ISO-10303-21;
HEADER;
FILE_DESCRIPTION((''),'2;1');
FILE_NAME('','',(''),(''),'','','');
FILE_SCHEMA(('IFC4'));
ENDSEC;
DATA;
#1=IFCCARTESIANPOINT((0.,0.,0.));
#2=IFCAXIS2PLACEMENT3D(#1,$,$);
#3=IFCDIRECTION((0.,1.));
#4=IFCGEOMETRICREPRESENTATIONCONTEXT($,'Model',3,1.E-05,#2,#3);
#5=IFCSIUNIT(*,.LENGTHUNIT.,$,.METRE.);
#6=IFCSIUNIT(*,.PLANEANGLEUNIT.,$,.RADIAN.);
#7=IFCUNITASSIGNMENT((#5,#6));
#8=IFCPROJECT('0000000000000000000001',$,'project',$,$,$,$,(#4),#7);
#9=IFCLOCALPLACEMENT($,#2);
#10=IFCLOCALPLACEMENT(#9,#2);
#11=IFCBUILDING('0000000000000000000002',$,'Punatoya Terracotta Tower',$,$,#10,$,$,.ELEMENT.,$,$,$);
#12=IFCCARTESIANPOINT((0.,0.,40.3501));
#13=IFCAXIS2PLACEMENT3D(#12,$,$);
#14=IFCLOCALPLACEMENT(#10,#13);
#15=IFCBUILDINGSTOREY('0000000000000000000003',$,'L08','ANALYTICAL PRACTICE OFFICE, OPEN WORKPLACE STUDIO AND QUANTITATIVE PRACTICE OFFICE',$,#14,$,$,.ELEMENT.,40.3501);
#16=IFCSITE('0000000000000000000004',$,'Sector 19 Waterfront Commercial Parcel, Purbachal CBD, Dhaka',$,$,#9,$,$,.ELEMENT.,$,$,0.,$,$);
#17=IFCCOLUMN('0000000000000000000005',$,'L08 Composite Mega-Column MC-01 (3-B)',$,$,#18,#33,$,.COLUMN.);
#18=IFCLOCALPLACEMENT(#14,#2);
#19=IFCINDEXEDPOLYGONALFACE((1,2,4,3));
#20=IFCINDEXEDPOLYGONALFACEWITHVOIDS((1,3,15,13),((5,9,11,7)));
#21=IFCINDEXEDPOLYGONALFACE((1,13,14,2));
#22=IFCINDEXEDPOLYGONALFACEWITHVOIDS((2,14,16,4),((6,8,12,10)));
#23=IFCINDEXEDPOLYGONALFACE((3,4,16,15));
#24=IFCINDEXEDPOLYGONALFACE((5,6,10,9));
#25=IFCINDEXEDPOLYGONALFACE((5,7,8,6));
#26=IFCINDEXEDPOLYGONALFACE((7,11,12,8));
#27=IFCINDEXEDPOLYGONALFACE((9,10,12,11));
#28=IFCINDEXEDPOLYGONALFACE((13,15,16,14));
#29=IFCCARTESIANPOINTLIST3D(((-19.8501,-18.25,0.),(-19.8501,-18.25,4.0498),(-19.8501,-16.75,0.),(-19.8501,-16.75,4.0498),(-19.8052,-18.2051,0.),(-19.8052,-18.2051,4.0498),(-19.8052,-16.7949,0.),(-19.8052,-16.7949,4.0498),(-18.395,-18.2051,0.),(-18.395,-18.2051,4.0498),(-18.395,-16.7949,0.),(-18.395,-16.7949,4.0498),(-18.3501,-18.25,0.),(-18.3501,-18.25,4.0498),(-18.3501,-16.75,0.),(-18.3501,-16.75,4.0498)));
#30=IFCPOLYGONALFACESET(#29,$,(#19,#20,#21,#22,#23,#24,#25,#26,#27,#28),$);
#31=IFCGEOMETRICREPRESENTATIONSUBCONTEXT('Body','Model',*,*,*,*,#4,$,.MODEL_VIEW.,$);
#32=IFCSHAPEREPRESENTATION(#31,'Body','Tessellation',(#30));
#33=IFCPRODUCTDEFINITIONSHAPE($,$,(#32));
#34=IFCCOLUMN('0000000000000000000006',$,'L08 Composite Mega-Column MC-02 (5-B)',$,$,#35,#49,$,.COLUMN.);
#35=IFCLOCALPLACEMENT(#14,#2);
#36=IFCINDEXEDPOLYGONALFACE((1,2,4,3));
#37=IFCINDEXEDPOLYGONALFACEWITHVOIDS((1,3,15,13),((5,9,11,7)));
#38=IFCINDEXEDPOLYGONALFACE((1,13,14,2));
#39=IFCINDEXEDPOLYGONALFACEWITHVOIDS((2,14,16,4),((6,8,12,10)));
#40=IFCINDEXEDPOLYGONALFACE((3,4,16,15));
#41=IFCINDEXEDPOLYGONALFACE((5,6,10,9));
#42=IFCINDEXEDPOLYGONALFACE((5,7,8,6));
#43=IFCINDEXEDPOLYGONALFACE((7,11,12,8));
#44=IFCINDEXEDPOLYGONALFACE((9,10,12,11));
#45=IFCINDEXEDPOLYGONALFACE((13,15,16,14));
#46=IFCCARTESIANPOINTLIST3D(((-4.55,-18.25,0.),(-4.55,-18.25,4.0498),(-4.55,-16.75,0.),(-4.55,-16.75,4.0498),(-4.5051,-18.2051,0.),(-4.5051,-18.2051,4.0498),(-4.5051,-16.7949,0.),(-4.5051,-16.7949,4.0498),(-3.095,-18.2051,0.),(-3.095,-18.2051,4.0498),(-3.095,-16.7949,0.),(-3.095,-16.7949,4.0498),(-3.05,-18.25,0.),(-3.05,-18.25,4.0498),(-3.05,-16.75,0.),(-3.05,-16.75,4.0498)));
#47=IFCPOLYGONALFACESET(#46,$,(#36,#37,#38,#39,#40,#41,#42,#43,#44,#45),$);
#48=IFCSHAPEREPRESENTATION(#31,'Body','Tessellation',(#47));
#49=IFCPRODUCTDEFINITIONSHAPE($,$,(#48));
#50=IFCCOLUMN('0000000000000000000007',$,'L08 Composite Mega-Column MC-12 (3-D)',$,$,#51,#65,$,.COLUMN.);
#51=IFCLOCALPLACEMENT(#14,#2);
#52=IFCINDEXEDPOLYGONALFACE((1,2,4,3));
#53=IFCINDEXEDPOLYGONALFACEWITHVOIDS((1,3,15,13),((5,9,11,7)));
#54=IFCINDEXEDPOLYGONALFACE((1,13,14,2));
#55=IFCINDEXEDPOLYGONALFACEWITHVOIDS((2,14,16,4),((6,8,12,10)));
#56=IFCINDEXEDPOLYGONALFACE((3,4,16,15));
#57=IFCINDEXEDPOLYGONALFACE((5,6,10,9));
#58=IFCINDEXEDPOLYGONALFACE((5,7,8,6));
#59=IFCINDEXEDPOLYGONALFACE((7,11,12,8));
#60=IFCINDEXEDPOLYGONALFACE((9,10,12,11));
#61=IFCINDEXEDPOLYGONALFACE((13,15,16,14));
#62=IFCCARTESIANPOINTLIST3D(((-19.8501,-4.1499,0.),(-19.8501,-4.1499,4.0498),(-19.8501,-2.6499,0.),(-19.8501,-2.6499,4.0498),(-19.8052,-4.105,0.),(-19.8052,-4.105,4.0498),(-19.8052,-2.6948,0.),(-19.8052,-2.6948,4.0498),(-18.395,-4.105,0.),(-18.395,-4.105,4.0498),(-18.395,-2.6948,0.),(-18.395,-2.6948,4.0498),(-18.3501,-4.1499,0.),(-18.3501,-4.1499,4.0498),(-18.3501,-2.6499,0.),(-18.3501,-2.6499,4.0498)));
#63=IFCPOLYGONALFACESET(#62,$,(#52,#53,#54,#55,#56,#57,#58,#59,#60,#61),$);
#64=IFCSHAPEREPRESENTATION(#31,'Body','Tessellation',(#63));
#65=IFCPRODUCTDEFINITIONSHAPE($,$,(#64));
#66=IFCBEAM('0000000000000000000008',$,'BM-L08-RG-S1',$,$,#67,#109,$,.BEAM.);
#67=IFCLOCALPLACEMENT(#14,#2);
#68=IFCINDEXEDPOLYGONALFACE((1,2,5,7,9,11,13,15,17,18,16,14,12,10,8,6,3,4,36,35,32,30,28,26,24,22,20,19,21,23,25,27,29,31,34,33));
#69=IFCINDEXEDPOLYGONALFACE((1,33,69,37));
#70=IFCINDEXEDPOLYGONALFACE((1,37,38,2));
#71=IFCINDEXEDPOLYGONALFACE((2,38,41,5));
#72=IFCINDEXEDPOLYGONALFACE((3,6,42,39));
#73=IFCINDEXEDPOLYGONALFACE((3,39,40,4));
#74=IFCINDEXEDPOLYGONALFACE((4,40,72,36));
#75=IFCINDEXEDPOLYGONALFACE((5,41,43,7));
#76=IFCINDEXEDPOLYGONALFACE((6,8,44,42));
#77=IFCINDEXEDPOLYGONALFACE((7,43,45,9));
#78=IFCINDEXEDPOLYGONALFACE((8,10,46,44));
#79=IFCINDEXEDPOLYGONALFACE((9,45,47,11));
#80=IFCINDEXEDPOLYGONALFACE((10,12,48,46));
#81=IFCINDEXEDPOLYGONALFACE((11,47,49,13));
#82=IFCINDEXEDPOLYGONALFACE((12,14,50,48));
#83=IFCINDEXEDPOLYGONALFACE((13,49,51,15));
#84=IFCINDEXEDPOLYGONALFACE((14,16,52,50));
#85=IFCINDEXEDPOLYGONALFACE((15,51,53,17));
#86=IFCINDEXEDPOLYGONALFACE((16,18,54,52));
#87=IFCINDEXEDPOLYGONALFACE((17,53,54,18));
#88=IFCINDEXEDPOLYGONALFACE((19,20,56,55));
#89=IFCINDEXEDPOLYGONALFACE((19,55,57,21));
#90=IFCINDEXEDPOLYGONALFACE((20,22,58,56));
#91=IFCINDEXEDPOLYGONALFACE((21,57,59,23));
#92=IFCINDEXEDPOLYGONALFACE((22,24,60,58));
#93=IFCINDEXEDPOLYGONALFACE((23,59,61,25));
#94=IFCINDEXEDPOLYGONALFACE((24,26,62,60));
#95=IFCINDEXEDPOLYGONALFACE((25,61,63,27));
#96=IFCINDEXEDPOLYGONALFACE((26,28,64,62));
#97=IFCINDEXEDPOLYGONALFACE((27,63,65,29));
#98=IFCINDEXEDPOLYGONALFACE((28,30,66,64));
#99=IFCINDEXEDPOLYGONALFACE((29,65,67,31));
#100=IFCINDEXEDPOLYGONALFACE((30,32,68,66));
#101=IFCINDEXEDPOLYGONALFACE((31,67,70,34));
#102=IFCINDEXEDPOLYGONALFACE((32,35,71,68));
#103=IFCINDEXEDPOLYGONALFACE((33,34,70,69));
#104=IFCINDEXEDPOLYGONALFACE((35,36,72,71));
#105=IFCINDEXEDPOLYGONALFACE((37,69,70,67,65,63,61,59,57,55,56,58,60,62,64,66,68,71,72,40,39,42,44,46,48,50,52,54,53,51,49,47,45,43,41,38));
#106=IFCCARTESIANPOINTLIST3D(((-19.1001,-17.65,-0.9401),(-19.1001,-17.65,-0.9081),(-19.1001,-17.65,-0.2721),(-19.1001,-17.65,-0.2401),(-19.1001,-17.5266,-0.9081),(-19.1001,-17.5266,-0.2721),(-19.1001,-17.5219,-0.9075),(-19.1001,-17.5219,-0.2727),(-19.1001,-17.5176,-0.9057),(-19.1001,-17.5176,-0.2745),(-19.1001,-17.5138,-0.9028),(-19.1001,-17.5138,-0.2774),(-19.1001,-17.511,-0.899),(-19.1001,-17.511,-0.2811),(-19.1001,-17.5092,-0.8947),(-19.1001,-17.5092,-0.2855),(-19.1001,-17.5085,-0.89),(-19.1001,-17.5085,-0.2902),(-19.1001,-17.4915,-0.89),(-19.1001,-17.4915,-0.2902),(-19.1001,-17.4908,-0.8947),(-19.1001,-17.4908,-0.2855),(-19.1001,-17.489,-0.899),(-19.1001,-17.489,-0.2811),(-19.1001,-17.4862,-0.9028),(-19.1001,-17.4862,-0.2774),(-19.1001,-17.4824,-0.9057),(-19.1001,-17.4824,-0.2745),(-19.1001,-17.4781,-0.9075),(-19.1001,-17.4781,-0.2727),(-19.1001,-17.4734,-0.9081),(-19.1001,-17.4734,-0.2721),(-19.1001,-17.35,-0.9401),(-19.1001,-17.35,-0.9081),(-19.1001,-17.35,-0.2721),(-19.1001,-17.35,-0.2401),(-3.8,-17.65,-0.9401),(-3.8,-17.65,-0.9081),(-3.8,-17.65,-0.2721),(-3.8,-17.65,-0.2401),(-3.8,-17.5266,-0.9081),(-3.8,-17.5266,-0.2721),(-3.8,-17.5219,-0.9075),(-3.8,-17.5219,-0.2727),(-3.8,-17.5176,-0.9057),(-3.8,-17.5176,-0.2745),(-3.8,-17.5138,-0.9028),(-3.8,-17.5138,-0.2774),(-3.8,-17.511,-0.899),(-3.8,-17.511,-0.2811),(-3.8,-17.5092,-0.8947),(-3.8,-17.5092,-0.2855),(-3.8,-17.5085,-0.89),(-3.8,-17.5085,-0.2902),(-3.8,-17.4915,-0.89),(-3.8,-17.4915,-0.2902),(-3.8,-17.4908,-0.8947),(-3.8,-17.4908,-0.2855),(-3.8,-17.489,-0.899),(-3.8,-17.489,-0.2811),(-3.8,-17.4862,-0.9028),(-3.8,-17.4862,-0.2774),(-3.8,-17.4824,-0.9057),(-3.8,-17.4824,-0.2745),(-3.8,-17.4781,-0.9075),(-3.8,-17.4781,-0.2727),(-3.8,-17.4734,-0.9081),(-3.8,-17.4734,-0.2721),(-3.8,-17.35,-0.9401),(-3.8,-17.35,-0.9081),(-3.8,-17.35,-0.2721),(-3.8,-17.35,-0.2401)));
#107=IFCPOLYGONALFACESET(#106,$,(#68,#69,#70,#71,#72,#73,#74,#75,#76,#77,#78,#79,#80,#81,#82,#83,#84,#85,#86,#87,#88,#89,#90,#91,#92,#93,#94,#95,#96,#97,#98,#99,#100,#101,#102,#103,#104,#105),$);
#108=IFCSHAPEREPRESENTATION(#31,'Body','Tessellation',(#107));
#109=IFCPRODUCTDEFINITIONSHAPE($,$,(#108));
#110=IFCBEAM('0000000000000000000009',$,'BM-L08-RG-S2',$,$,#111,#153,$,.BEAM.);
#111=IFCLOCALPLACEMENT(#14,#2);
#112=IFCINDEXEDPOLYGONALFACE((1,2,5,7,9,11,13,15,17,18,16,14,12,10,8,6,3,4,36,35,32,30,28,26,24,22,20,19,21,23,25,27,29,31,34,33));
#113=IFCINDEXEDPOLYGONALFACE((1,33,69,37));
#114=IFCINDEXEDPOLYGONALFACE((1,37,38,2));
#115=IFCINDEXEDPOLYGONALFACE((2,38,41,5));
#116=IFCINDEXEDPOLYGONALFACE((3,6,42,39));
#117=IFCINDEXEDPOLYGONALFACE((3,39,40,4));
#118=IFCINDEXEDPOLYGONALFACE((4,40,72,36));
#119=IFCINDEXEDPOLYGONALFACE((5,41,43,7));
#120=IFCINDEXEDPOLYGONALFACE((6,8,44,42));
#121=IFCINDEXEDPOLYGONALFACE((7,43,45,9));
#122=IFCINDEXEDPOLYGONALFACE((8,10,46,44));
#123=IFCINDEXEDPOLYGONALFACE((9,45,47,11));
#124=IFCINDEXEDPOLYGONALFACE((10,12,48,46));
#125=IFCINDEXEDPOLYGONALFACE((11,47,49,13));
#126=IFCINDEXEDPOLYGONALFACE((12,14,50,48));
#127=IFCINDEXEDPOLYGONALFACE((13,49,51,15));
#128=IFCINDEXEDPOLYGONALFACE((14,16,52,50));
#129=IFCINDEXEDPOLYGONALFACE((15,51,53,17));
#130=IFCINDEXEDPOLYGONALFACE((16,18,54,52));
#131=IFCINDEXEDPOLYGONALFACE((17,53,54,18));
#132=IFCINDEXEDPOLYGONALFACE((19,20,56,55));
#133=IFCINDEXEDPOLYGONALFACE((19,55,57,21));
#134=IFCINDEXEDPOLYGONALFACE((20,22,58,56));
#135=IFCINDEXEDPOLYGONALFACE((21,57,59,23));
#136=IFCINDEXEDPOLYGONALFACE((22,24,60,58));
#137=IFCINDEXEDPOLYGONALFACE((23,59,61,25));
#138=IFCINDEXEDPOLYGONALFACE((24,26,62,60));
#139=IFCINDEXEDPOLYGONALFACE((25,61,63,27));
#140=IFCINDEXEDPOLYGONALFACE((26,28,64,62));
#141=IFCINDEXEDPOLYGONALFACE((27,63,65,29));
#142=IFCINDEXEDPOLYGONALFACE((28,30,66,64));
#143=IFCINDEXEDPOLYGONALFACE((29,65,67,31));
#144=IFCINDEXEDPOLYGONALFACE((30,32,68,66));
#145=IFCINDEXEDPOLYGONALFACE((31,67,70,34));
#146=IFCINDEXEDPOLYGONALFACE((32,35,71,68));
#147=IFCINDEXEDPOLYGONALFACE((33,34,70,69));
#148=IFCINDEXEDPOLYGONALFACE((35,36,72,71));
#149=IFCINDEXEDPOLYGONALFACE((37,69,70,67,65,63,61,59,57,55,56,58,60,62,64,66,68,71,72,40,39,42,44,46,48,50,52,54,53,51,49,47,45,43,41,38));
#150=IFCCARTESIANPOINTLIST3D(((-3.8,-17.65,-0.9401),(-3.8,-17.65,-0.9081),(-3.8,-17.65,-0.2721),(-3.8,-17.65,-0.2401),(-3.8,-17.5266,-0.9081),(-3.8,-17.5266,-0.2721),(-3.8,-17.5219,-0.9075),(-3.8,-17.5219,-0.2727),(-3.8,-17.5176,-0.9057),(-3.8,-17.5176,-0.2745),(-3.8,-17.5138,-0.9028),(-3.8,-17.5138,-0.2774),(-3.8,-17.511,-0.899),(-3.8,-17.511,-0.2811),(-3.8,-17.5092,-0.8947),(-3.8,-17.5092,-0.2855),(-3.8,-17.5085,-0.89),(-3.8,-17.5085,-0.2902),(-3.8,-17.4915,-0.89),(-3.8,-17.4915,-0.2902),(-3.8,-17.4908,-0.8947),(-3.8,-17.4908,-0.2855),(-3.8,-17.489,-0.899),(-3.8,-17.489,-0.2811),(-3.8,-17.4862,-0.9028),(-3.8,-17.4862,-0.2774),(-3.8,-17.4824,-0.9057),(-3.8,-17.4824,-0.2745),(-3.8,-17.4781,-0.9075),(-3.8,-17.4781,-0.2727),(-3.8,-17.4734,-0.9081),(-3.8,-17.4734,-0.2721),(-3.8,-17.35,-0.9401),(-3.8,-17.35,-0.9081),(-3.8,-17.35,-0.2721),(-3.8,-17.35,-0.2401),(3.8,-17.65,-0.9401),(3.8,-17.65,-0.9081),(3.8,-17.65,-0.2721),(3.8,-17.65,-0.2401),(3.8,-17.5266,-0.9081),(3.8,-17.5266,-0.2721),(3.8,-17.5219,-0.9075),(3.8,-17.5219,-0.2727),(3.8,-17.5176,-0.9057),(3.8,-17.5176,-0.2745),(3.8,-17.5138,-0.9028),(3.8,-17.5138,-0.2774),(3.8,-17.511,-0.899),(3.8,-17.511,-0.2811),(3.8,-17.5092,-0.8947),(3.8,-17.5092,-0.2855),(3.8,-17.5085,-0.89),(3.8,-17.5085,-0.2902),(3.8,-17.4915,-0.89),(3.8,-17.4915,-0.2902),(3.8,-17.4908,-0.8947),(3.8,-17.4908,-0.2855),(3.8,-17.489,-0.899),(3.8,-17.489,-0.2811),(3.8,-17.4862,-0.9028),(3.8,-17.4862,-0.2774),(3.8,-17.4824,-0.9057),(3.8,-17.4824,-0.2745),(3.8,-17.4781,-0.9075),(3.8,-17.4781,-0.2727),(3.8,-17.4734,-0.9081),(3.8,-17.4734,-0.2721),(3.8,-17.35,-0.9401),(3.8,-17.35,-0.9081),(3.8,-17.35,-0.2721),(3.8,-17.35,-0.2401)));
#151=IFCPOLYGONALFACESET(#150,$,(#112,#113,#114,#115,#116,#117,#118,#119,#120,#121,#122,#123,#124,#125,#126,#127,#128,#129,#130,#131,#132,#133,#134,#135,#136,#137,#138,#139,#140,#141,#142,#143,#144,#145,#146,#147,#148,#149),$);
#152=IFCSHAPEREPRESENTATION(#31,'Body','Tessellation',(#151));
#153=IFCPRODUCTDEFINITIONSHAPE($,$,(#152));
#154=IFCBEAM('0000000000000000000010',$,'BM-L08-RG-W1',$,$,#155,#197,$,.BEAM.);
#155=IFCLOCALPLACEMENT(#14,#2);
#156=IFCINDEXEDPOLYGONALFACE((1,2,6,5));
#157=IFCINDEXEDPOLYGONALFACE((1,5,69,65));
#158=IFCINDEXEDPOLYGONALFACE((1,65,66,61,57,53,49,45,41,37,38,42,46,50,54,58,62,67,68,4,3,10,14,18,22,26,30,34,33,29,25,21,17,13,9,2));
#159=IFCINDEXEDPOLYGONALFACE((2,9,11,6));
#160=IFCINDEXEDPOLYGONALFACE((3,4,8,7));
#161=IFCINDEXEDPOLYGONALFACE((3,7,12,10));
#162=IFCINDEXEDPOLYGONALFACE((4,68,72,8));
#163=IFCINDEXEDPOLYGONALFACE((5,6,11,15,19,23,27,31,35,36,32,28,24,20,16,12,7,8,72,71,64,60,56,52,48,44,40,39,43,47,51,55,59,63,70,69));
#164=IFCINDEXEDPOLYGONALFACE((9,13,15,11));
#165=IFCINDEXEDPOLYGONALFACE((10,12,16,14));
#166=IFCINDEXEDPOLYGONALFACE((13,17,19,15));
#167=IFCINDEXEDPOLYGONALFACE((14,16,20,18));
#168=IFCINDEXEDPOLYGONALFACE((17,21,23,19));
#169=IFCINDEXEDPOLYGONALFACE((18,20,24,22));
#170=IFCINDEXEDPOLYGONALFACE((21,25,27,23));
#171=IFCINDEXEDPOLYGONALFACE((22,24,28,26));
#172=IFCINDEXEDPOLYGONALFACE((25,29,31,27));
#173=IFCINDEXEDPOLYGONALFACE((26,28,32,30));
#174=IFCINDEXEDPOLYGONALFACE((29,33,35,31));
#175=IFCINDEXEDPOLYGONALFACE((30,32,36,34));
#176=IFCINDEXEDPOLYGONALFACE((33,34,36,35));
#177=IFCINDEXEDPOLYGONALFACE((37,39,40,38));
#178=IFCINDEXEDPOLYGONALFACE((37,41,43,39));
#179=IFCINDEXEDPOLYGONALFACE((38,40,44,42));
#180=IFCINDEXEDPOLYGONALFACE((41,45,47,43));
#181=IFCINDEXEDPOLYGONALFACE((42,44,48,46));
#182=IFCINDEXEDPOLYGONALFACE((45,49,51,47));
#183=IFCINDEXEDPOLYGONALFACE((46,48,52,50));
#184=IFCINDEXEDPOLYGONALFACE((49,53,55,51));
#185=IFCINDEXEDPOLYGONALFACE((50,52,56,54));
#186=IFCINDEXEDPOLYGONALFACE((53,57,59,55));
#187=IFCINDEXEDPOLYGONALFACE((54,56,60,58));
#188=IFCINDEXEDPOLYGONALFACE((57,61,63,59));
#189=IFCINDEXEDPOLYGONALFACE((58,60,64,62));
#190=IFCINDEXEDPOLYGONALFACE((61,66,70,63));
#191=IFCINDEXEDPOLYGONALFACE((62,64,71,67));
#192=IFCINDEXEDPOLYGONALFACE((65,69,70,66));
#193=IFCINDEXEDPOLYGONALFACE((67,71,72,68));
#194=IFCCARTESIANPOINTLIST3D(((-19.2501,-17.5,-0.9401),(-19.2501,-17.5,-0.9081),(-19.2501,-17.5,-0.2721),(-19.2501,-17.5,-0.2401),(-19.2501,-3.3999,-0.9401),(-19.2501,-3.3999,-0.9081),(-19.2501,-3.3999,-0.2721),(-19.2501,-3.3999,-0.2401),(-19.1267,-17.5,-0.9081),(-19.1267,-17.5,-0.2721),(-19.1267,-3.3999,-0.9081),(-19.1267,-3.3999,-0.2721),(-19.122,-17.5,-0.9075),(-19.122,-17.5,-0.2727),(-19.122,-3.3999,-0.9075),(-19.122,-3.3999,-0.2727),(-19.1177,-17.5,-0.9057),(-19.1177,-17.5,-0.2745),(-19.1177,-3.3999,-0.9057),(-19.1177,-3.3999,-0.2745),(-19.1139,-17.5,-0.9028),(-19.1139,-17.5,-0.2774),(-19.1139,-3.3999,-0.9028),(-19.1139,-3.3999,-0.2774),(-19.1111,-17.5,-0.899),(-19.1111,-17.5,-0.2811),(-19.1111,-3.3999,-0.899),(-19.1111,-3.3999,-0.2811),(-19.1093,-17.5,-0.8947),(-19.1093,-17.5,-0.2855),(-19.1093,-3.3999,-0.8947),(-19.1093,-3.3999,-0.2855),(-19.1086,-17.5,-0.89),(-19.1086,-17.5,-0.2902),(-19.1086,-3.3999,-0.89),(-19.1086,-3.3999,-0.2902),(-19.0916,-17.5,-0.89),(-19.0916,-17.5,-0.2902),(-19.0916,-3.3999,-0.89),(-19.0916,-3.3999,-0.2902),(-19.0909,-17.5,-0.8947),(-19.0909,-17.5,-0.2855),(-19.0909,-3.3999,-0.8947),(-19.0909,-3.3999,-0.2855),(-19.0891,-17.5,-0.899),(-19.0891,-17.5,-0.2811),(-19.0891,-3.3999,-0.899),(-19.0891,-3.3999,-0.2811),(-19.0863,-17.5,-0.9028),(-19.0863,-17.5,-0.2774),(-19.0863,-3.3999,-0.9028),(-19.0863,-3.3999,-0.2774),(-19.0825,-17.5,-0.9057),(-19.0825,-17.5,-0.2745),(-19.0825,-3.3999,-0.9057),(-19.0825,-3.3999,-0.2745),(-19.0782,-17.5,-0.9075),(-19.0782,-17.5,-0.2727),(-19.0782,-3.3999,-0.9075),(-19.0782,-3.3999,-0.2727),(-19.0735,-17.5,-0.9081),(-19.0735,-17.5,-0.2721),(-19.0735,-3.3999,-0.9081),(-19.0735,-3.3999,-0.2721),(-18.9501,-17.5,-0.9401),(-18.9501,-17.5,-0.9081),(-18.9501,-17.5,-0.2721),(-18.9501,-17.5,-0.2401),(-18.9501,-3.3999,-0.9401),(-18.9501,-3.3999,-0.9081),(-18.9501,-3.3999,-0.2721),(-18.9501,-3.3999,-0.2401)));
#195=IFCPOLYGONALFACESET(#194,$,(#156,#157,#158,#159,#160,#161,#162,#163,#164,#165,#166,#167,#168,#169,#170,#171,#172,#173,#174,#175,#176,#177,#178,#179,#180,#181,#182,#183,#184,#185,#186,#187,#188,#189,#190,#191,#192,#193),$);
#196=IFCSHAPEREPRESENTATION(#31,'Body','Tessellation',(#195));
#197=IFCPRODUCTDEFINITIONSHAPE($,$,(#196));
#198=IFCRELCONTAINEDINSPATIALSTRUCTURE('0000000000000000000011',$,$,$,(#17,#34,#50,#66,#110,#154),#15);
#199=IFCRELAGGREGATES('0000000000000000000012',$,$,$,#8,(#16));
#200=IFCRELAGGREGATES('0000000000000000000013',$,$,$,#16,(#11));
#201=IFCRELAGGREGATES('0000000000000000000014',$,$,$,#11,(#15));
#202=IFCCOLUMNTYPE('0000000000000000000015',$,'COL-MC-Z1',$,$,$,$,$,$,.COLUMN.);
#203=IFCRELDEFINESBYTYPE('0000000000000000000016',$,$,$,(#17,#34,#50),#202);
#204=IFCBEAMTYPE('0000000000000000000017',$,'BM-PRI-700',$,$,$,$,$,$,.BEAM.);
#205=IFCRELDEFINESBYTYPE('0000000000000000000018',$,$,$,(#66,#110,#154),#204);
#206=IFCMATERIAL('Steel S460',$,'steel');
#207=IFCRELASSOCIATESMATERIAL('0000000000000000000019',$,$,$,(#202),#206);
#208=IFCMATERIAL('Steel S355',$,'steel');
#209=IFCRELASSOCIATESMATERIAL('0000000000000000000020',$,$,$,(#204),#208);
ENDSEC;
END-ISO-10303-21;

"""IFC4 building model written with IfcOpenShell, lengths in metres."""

from ifc_helpers import new_model, si_unit, direction, frame, origin, origin_2d, place, context, subcontext, project, spatial, hollow_rectangle, i_section, extrude, material, material_profile, profile_set, type_object, element, save


model = new_model("IFC4")

# Units and contexts
model_context = context("Model", 3, precision=1e-05, world=origin(), true_north=direction((0.0, 1.0)))
body_context = subcontext(model_context, "Body", "Model", "MODEL_VIEW")
ifc_project = project(units=[si_unit("LENGTHUNIT", "METRE"), si_unit("PLANEANGLEUNIT", "RADIAN")], contexts=[model_context])

# Site, building, storey
site_placement = place(None, origin())
site = spatial("IfcSite", under=ifc_project, at=site_placement, Name="Sector 19 Waterfront Commercial Parcel, Purbachal CBD, Dhaka", CompositionType="ELEMENT", RefElevation=0.0)
building_placement = place(site_placement, origin())
building = spatial("IfcBuilding", under=site, at=building_placement, Name="Punatoya Terracotta Tower", CompositionType="ELEMENT")
storey_placement = place(building_placement, frame((0.0, 0.0, 40.3501)))
storey = spatial("IfcBuildingStorey", under=building, at=storey_placement, Name="L08", Description="ANALYTICAL PRACTICE OFFICE, OPEN WORKPLACE STUDIO AND QUANTITATIVE PRACTICE OFFICE", CompositionType="ELEMENT", Elevation=40.3501)

# Columns
ifc_material_1 = material(Name="Steel S460", Category="steel")
ifc_material_profile_1 = material_profile(ifc_material_1, hollow_rectangle(XDim=1.5, YDim=1.5, WallThickness=0.0449, at=origin_2d()))
ifc_profile_set_1 = profile_set([ifc_material_profile_1], Name="Steel S460")
column_type = type_object("IfcColumnType", Name="COL-MC-Z1", PredefinedType="COLUMN", material=ifc_profile_set_1)
for number, where, z_axis, x_axis, name in (
    (1, (-19.1001, -17.5, 0.0), (0.0, 0.0, 1.0), (1.0, 0.0, 0.0), "L08 Composite Mega-Column MC-01 (3-B)"),
    (2, (-3.8, -17.5, 0.0), (0.0, 0.0, 1.0), (1.0, 0.0, 0.0), "L08 Composite Mega-Column MC-02 (5-B)"),
    (3, (-19.1001, -3.3999, 0.0), (0.0, 0.0, 1.0), (1.0, 0.0, 0.0), "L08 Composite Mega-Column MC-12 (3-D)"),
):
    element("IfcColumn", number, at=place(storey_placement, frame(where, z_axis=z_axis, x_axis=x_axis)), inside=storey, type_object=column_type, Name=name, PredefinedType="COLUMN", context=body_context, shape_type="SweptSolid", body=[
        extrude(hollow_rectangle(XDim=1.5, YDim=1.5, WallThickness=0.0449, at=origin_2d()), origin(), (0.0, 0.0, 1.0), 4.0498),
    ])

# Beams
ifc_material_2 = material(Name="Steel S355", Category="steel")
ifc_material_profile_2 = material_profile(ifc_material_2, i_section(OverallWidth=0.3, OverallDepth=0.7, WebThickness=0.0171, FlangeThickness=0.032, FilletRadius=0.0181, at=origin_2d()))
ifc_profile_set_2 = profile_set([ifc_material_profile_2], Name="Steel S355")
beam_type_1 = type_object("IfcBeamType", Name="BM-PRI-700", PredefinedType="BEAM", material=ifc_profile_set_2)
beam_1_placement = place(storey_placement, frame((-19.1001, -17.5, -0.5901), z_axis=(1.0, 0.0, 0.0), x_axis=(0.0, 1.0, 0.0)))
element("IfcBeam", 4, at=beam_1_placement, inside=storey, type_object=beam_type_1, Name="BM-L08-RG-S1", PredefinedType="BEAM", context=body_context, shape_type="SweptSolid", body=[
    extrude(i_section(OverallWidth=0.3, OverallDepth=0.7, WebThickness=0.0171, FlangeThickness=0.032, FilletRadius=0.0181, at=origin_2d()), origin(), (0.0, 0.0, 1.0), 15.3),
])
beam_2_placement = place(storey_placement, frame((-3.8, -17.5, -0.5901), z_axis=(1.0, 0.0, 0.0), x_axis=(0.0, 1.0, 0.0)))
element("IfcBeam", 5, at=beam_2_placement, inside=storey, type_object=beam_type_1, Name="BM-L08-RG-S2", PredefinedType="BEAM", context=body_context, shape_type="SweptSolid", body=[
    extrude(i_section(OverallWidth=0.3, OverallDepth=0.7, WebThickness=0.0171, FlangeThickness=0.032, FilletRadius=0.0181, at=origin_2d()), origin(), (0.0, 0.0, 1.0), 7.6001),
])
beam_3_placement = place(storey_placement, frame((-19.1001, -17.5, -0.5901), z_axis=(0.0, 1.0, 0.0), x_axis=(-1.0, 0.0, 0.0)))
element("IfcBeam", 6, at=beam_3_placement, inside=storey, type_object=beam_type_1, Name="BM-L08-RG-W1", PredefinedType="BEAM", context=body_context, shape_type="SweptSolid", body=[
    extrude(i_section(OverallWidth=0.3, OverallDepth=0.7, WebThickness=0.0171, FlangeThickness=0.032, FilletRadius=0.0181, at=origin_2d()), origin(), (0.0, 0.0, 1.0), 14.1001),
])

save(model, "model.ifc")
